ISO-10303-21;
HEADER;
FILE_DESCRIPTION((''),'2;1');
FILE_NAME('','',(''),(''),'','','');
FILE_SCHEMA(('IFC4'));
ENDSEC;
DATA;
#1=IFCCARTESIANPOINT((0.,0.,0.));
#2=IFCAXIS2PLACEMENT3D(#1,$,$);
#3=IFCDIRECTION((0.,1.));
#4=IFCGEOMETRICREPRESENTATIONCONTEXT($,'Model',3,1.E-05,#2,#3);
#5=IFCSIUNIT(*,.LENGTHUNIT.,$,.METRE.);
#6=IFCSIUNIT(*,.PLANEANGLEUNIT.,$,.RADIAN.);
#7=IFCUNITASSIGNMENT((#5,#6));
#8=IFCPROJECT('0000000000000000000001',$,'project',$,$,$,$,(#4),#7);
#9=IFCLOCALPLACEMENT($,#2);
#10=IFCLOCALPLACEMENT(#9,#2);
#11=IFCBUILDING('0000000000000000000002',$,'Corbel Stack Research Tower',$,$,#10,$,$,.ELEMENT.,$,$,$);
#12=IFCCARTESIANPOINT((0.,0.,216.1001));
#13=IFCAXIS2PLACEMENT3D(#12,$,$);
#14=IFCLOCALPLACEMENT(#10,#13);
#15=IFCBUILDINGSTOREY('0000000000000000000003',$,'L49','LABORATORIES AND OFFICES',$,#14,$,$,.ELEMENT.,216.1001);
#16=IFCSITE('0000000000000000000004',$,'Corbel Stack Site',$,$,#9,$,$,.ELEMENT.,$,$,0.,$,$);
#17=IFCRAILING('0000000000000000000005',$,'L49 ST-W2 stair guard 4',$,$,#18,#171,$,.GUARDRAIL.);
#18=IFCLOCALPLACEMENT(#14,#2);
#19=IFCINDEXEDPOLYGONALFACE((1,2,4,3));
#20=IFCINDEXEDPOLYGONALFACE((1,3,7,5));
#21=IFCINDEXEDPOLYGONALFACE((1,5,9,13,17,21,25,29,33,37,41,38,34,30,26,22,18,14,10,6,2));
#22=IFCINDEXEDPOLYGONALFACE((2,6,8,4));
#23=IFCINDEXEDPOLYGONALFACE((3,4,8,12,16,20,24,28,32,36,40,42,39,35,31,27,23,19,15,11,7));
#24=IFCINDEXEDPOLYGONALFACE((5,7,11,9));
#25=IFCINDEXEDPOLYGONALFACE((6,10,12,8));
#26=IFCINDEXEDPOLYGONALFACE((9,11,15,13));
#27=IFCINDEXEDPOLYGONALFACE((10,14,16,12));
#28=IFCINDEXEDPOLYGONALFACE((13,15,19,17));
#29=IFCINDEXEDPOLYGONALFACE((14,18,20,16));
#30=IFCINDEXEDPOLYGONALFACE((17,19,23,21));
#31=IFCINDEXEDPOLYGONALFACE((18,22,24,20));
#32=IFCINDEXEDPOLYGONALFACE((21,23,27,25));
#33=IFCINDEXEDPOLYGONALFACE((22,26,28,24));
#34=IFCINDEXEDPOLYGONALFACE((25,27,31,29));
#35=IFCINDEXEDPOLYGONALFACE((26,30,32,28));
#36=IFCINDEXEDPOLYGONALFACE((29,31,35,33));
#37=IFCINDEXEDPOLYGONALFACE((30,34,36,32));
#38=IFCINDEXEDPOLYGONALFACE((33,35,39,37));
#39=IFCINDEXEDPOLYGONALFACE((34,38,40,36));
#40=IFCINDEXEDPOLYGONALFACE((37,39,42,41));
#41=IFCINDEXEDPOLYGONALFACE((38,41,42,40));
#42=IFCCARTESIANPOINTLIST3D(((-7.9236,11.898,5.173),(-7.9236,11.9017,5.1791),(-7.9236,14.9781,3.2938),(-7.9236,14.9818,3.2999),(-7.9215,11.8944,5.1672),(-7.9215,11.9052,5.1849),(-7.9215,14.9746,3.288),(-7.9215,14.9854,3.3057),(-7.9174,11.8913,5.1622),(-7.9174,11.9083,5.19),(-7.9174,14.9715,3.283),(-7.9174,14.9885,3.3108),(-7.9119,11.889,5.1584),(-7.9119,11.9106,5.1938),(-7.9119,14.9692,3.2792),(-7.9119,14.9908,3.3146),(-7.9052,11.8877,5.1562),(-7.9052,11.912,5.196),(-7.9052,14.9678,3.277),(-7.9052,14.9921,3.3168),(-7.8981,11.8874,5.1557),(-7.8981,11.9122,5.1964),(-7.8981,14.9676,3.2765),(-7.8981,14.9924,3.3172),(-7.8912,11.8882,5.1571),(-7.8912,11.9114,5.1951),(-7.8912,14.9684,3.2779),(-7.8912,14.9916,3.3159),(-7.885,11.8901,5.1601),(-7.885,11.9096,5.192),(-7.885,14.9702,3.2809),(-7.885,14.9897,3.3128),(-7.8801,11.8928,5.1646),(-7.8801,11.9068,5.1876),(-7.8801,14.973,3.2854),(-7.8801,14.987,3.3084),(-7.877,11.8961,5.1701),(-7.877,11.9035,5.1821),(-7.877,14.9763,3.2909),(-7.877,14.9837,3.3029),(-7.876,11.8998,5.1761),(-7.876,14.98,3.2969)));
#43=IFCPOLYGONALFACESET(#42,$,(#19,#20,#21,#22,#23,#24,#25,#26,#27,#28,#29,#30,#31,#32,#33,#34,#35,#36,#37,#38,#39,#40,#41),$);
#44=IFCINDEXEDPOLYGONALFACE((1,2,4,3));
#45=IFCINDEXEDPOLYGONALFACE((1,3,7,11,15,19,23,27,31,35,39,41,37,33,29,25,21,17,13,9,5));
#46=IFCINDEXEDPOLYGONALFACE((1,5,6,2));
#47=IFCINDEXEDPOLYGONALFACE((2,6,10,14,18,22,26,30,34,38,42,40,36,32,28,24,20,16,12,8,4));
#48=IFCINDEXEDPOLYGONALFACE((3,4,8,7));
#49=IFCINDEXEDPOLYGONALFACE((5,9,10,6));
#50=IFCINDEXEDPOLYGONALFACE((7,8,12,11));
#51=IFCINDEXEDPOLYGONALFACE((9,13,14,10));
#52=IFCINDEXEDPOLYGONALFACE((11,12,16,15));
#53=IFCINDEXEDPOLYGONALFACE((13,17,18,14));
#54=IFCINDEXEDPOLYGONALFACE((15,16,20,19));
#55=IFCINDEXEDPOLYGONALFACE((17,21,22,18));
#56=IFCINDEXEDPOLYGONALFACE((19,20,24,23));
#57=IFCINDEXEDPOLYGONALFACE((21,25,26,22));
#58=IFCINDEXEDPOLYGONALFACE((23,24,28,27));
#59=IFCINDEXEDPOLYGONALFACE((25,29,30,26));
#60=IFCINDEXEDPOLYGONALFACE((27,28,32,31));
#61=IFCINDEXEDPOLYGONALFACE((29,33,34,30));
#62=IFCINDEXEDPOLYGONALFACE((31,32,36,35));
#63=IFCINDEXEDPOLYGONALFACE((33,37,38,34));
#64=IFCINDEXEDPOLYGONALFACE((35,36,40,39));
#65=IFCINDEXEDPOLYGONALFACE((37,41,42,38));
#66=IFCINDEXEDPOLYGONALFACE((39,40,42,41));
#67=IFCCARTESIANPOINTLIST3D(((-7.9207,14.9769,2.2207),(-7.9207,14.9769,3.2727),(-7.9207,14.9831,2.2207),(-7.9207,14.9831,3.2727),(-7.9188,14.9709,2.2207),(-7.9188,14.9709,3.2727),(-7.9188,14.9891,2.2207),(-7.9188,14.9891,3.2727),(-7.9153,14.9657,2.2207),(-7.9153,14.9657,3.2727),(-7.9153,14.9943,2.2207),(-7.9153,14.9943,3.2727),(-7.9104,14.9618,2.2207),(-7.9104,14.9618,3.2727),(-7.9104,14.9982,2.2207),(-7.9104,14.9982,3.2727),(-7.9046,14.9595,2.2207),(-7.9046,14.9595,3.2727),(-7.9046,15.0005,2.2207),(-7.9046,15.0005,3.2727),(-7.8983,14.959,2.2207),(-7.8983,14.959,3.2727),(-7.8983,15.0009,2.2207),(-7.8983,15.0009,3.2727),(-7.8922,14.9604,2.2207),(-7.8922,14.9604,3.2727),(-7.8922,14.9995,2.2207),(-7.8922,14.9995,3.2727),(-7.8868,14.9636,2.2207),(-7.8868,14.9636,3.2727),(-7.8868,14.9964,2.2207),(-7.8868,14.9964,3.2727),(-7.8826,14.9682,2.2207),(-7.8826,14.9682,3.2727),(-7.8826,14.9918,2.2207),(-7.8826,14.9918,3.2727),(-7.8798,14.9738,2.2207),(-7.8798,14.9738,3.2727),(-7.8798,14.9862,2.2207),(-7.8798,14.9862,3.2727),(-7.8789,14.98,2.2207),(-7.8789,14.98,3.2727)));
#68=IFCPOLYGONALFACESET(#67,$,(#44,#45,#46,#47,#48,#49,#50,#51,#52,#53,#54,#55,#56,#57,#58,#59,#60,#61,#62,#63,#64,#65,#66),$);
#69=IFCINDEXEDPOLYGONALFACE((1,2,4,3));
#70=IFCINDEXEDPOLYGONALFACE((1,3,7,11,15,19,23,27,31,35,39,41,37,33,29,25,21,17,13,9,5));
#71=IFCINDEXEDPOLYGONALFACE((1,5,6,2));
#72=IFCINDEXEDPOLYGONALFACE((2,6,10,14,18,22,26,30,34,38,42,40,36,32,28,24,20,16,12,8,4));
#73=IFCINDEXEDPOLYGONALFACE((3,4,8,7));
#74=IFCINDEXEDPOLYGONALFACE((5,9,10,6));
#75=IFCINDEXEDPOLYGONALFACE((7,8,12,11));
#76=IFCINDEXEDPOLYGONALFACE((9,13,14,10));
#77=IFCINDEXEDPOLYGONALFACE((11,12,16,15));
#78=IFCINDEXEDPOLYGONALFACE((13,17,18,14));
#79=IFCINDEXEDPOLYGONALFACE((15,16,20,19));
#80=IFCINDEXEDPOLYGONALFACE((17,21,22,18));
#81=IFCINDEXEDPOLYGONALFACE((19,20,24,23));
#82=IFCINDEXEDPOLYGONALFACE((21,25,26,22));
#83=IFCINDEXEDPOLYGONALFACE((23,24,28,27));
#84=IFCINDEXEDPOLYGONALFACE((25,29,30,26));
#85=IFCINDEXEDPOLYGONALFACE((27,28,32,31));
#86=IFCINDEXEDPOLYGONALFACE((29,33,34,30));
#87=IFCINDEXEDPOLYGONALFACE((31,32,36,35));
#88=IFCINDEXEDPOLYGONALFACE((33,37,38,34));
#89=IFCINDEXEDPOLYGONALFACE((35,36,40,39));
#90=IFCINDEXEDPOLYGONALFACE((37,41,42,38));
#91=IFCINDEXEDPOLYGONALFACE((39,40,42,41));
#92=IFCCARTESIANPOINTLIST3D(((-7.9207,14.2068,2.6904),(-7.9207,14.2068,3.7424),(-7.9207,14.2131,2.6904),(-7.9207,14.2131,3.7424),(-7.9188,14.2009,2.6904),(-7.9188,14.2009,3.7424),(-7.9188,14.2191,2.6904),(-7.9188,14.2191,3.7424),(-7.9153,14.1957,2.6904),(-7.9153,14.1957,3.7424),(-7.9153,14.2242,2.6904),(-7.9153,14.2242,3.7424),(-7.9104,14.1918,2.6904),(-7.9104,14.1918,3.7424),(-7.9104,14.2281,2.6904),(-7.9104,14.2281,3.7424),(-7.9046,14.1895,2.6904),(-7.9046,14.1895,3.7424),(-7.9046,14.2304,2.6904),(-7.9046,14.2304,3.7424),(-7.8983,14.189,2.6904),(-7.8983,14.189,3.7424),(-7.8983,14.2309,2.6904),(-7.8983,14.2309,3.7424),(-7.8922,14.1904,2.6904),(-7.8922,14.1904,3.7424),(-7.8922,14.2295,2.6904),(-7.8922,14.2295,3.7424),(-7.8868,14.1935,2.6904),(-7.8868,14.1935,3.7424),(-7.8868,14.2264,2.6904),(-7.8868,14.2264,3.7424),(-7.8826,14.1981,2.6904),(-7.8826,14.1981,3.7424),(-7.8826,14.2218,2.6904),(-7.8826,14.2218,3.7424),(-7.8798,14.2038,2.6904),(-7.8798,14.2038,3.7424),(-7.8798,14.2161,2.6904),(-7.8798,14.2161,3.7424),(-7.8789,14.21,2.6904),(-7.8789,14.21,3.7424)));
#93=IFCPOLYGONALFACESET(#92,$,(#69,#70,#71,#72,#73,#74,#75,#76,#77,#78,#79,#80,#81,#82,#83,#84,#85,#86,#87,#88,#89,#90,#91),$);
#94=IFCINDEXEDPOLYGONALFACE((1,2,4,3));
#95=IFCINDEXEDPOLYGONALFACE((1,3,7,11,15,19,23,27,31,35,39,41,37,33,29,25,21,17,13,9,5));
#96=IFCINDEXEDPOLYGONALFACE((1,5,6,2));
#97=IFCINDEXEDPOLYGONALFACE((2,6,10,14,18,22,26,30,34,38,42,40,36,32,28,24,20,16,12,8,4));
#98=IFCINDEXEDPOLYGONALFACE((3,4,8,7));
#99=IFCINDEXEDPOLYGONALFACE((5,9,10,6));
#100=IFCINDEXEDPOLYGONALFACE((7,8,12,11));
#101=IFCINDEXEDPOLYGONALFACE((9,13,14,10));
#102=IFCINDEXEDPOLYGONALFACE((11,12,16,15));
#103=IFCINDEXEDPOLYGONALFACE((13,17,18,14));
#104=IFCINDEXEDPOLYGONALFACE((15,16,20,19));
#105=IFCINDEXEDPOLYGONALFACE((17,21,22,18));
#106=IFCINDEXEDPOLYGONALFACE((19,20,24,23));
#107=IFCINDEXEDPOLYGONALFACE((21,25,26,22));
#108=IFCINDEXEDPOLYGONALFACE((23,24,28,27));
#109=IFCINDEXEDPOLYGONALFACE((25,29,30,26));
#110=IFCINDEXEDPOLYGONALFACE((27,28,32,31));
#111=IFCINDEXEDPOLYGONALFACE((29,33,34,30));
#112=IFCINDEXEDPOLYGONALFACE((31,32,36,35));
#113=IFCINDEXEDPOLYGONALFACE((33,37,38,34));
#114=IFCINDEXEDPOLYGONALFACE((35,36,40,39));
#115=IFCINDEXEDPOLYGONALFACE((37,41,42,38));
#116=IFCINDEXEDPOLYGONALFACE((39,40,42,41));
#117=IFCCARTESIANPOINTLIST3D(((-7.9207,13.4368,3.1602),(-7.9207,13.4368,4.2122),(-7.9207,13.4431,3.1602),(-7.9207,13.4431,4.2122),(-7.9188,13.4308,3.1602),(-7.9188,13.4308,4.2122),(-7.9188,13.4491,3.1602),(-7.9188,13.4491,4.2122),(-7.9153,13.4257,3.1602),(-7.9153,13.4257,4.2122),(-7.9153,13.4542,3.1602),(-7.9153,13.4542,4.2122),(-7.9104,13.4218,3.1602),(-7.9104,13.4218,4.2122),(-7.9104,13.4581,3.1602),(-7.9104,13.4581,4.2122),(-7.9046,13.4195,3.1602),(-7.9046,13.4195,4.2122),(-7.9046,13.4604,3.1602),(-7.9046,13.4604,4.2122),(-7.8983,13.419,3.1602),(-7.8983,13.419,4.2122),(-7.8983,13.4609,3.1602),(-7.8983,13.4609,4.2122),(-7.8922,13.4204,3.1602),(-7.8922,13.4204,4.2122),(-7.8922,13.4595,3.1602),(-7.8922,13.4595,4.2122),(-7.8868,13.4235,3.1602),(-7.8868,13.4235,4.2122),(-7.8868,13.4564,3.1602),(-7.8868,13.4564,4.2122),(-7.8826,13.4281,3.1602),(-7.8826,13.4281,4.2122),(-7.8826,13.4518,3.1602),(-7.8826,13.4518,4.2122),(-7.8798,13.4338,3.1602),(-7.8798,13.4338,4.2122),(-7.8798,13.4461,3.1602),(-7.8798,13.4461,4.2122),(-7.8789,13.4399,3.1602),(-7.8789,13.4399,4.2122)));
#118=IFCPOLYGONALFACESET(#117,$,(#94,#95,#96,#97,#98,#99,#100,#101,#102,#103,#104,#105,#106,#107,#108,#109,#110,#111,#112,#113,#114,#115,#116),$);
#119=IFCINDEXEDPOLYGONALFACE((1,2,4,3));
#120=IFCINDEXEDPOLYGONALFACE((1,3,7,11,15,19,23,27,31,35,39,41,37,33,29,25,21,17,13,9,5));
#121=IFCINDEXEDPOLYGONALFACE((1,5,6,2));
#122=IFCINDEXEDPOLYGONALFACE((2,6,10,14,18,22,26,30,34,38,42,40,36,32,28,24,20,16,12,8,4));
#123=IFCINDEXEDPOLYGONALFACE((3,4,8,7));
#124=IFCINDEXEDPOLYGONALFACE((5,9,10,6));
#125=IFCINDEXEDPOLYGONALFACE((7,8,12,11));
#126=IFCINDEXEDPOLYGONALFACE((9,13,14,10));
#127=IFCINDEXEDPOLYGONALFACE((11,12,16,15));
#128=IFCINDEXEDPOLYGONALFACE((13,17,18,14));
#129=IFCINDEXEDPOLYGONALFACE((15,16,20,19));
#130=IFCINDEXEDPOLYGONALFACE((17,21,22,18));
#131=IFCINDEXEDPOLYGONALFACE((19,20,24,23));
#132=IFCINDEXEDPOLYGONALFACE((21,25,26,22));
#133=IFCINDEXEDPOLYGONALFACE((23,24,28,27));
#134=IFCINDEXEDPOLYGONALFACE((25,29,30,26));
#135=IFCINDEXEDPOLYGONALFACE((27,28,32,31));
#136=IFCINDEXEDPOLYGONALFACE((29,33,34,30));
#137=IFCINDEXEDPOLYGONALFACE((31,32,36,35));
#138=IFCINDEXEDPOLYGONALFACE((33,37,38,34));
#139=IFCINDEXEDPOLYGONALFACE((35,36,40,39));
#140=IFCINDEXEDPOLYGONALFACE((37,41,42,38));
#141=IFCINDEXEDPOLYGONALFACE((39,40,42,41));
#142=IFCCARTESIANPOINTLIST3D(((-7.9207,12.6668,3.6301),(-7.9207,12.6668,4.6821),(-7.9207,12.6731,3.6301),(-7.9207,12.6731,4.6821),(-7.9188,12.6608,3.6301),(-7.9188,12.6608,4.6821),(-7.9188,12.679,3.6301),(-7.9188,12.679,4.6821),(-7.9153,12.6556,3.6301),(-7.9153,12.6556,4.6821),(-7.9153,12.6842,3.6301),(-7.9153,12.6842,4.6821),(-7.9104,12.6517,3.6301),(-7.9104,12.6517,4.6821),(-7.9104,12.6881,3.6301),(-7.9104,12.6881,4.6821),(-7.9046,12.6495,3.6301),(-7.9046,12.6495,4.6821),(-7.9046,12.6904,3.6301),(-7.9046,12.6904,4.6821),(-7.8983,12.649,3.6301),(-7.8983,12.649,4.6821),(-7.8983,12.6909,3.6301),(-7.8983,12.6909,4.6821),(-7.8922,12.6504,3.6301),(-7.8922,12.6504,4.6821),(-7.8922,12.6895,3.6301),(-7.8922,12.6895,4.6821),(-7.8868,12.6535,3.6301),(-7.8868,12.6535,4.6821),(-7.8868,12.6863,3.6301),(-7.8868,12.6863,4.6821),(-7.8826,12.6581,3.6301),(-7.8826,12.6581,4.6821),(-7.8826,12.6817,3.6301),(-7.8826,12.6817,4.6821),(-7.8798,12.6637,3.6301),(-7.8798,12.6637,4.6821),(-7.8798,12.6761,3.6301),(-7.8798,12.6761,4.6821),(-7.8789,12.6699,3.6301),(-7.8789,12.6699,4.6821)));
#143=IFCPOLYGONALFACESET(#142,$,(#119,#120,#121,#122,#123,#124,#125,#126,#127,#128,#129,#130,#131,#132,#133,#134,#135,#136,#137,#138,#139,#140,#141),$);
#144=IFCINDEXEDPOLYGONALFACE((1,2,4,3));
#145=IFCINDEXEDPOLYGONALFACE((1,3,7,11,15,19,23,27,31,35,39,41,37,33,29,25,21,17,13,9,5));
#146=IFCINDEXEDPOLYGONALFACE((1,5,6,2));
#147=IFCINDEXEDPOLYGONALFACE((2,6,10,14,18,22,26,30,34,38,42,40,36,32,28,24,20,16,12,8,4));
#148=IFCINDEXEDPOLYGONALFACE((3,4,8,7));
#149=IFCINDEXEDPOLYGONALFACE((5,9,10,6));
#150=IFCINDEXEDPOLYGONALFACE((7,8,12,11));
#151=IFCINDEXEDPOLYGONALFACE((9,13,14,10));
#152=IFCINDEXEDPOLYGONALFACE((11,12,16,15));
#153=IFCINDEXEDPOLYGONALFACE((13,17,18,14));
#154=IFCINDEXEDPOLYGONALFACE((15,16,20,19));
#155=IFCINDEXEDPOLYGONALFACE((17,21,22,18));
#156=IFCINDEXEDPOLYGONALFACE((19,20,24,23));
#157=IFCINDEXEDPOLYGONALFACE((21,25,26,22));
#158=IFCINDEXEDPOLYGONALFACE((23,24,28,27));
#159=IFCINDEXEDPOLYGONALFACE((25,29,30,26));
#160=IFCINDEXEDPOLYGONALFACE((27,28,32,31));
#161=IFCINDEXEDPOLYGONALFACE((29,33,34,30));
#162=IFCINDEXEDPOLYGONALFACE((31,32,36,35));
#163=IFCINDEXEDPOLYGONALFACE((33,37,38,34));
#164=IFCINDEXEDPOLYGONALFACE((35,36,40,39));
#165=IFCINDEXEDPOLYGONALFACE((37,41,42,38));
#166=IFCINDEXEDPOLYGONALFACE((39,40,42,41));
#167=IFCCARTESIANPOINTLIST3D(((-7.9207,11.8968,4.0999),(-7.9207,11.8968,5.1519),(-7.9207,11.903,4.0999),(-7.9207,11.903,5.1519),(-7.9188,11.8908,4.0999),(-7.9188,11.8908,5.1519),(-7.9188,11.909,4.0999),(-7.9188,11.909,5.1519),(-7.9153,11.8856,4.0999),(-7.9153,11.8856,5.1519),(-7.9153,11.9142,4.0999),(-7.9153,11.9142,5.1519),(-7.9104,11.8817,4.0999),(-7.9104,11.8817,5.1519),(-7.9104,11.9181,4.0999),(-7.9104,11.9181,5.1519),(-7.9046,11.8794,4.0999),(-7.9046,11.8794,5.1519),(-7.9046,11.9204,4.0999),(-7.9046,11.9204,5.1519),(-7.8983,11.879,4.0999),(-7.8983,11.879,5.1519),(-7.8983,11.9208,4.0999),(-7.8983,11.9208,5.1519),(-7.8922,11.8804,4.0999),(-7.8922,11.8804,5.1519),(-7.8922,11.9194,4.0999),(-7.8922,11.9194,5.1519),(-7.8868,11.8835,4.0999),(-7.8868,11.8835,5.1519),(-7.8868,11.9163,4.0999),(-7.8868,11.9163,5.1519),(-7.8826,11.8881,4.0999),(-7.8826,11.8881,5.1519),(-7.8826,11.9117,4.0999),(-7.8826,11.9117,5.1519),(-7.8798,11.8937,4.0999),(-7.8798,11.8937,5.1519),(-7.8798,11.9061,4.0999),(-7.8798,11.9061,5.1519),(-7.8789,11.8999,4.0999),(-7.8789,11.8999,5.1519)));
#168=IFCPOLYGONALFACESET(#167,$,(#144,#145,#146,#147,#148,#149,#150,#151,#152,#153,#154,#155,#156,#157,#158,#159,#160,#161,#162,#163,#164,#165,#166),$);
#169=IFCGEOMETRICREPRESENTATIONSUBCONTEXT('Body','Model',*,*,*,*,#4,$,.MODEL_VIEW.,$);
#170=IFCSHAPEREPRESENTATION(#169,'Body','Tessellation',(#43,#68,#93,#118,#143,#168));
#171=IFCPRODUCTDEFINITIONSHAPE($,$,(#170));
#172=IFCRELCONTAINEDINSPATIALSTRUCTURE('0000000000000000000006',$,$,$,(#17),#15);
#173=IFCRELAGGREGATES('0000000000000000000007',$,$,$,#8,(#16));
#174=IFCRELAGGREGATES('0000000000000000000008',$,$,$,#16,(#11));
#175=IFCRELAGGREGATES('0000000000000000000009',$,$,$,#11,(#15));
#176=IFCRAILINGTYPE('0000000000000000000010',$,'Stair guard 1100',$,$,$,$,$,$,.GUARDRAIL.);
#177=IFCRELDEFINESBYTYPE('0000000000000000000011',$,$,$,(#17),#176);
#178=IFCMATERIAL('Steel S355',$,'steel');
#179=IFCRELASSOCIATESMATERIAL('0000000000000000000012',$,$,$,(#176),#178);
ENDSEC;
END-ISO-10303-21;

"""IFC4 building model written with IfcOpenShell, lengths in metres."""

from ifc_helpers import new_model, si_unit, direction, frame, origin, origin_2d, place, context, subcontext, project, spatial, circle, extrude, material, type_object, element, save


model = new_model("IFC4")

# Units and contexts
model_context = context("Model", 3, precision=1e-05, world=origin(), true_north=direction((0.0, 1.0)))
body_context = subcontext(model_context, "Body", "Model", "MODEL_VIEW")
ifc_project = project(units=[si_unit("LENGTHUNIT", "METRE"), si_unit("PLANEANGLEUNIT", "RADIAN")], contexts=[model_context])

# Site, building, storey
site_placement = place(None, origin())
site = spatial("IfcSite", under=ifc_project, at=site_placement, Name="Corbel Stack Site", CompositionType="ELEMENT", RefElevation=0.0)
building_placement = place(site_placement, origin())
building = spatial("IfcBuilding", under=site, at=building_placement, Name="Corbel Stack Research Tower", CompositionType="ELEMENT")
storey_placement = place(building_placement, frame((0.0, 0.0, 216.1001)))
storey = spatial("IfcBuildingStorey", under=building, at=storey_placement, Name="L49", Description="LABORATORIES AND OFFICES", CompositionType="ELEMENT", Elevation=216.1001)

# Railing
ifc_material_1 = material(Name="Steel S355", Category="steel")
railing_type_1 = type_object("IfcRailingType", Name="Stair guard 1100", PredefinedType="GUARDRAIL", material=ifc_material_1)
railing_1_placement = place(storey_placement, frame((-7.8999, 14.98, 2.2207)))
element("IfcRailing", 1, at=railing_1_placement, inside=storey, type_object=railing_type_1, Name="L49 ST-W2 stair guard 4", PredefinedType="GUARDRAIL", context=body_context, shape_type="SweptSolid", body=[
    extrude(circle(Radius=0.0239, at=origin_2d()), frame((0.0, 0.0, 1.0762), z_axis=(0.0, -0.853666, 0.52082), x_axis=(1.0, 0.0, 0.0)), (0.0, 0.0, 1.0), 3.6082),
    extrude(circle(Radius=0.021, at=origin_2d()), origin(), (0.0, 0.0, 1.0), 1.052),
    extrude(circle(Radius=0.021, at=origin_2d()), frame((0.0, -0.77, 0.4697)), (0.0, 0.0, 1.0), 1.052),
    extrude(circle(Radius=0.021, at=origin_2d()), frame((0.0, -1.54, 0.9395)), (0.0, 0.0, 1.0), 1.052),
    extrude(circle(Radius=0.021, at=origin_2d()), frame((0.0, -2.3101, 1.4094)), (0.0, 0.0, 1.0), 1.052),
    extrude(circle(Radius=0.021, at=origin_2d()), frame((0.0, -3.0801, 1.8792)), (0.0, 0.0, 1.0), 1.052),
])

save(model, "model.ifc")
